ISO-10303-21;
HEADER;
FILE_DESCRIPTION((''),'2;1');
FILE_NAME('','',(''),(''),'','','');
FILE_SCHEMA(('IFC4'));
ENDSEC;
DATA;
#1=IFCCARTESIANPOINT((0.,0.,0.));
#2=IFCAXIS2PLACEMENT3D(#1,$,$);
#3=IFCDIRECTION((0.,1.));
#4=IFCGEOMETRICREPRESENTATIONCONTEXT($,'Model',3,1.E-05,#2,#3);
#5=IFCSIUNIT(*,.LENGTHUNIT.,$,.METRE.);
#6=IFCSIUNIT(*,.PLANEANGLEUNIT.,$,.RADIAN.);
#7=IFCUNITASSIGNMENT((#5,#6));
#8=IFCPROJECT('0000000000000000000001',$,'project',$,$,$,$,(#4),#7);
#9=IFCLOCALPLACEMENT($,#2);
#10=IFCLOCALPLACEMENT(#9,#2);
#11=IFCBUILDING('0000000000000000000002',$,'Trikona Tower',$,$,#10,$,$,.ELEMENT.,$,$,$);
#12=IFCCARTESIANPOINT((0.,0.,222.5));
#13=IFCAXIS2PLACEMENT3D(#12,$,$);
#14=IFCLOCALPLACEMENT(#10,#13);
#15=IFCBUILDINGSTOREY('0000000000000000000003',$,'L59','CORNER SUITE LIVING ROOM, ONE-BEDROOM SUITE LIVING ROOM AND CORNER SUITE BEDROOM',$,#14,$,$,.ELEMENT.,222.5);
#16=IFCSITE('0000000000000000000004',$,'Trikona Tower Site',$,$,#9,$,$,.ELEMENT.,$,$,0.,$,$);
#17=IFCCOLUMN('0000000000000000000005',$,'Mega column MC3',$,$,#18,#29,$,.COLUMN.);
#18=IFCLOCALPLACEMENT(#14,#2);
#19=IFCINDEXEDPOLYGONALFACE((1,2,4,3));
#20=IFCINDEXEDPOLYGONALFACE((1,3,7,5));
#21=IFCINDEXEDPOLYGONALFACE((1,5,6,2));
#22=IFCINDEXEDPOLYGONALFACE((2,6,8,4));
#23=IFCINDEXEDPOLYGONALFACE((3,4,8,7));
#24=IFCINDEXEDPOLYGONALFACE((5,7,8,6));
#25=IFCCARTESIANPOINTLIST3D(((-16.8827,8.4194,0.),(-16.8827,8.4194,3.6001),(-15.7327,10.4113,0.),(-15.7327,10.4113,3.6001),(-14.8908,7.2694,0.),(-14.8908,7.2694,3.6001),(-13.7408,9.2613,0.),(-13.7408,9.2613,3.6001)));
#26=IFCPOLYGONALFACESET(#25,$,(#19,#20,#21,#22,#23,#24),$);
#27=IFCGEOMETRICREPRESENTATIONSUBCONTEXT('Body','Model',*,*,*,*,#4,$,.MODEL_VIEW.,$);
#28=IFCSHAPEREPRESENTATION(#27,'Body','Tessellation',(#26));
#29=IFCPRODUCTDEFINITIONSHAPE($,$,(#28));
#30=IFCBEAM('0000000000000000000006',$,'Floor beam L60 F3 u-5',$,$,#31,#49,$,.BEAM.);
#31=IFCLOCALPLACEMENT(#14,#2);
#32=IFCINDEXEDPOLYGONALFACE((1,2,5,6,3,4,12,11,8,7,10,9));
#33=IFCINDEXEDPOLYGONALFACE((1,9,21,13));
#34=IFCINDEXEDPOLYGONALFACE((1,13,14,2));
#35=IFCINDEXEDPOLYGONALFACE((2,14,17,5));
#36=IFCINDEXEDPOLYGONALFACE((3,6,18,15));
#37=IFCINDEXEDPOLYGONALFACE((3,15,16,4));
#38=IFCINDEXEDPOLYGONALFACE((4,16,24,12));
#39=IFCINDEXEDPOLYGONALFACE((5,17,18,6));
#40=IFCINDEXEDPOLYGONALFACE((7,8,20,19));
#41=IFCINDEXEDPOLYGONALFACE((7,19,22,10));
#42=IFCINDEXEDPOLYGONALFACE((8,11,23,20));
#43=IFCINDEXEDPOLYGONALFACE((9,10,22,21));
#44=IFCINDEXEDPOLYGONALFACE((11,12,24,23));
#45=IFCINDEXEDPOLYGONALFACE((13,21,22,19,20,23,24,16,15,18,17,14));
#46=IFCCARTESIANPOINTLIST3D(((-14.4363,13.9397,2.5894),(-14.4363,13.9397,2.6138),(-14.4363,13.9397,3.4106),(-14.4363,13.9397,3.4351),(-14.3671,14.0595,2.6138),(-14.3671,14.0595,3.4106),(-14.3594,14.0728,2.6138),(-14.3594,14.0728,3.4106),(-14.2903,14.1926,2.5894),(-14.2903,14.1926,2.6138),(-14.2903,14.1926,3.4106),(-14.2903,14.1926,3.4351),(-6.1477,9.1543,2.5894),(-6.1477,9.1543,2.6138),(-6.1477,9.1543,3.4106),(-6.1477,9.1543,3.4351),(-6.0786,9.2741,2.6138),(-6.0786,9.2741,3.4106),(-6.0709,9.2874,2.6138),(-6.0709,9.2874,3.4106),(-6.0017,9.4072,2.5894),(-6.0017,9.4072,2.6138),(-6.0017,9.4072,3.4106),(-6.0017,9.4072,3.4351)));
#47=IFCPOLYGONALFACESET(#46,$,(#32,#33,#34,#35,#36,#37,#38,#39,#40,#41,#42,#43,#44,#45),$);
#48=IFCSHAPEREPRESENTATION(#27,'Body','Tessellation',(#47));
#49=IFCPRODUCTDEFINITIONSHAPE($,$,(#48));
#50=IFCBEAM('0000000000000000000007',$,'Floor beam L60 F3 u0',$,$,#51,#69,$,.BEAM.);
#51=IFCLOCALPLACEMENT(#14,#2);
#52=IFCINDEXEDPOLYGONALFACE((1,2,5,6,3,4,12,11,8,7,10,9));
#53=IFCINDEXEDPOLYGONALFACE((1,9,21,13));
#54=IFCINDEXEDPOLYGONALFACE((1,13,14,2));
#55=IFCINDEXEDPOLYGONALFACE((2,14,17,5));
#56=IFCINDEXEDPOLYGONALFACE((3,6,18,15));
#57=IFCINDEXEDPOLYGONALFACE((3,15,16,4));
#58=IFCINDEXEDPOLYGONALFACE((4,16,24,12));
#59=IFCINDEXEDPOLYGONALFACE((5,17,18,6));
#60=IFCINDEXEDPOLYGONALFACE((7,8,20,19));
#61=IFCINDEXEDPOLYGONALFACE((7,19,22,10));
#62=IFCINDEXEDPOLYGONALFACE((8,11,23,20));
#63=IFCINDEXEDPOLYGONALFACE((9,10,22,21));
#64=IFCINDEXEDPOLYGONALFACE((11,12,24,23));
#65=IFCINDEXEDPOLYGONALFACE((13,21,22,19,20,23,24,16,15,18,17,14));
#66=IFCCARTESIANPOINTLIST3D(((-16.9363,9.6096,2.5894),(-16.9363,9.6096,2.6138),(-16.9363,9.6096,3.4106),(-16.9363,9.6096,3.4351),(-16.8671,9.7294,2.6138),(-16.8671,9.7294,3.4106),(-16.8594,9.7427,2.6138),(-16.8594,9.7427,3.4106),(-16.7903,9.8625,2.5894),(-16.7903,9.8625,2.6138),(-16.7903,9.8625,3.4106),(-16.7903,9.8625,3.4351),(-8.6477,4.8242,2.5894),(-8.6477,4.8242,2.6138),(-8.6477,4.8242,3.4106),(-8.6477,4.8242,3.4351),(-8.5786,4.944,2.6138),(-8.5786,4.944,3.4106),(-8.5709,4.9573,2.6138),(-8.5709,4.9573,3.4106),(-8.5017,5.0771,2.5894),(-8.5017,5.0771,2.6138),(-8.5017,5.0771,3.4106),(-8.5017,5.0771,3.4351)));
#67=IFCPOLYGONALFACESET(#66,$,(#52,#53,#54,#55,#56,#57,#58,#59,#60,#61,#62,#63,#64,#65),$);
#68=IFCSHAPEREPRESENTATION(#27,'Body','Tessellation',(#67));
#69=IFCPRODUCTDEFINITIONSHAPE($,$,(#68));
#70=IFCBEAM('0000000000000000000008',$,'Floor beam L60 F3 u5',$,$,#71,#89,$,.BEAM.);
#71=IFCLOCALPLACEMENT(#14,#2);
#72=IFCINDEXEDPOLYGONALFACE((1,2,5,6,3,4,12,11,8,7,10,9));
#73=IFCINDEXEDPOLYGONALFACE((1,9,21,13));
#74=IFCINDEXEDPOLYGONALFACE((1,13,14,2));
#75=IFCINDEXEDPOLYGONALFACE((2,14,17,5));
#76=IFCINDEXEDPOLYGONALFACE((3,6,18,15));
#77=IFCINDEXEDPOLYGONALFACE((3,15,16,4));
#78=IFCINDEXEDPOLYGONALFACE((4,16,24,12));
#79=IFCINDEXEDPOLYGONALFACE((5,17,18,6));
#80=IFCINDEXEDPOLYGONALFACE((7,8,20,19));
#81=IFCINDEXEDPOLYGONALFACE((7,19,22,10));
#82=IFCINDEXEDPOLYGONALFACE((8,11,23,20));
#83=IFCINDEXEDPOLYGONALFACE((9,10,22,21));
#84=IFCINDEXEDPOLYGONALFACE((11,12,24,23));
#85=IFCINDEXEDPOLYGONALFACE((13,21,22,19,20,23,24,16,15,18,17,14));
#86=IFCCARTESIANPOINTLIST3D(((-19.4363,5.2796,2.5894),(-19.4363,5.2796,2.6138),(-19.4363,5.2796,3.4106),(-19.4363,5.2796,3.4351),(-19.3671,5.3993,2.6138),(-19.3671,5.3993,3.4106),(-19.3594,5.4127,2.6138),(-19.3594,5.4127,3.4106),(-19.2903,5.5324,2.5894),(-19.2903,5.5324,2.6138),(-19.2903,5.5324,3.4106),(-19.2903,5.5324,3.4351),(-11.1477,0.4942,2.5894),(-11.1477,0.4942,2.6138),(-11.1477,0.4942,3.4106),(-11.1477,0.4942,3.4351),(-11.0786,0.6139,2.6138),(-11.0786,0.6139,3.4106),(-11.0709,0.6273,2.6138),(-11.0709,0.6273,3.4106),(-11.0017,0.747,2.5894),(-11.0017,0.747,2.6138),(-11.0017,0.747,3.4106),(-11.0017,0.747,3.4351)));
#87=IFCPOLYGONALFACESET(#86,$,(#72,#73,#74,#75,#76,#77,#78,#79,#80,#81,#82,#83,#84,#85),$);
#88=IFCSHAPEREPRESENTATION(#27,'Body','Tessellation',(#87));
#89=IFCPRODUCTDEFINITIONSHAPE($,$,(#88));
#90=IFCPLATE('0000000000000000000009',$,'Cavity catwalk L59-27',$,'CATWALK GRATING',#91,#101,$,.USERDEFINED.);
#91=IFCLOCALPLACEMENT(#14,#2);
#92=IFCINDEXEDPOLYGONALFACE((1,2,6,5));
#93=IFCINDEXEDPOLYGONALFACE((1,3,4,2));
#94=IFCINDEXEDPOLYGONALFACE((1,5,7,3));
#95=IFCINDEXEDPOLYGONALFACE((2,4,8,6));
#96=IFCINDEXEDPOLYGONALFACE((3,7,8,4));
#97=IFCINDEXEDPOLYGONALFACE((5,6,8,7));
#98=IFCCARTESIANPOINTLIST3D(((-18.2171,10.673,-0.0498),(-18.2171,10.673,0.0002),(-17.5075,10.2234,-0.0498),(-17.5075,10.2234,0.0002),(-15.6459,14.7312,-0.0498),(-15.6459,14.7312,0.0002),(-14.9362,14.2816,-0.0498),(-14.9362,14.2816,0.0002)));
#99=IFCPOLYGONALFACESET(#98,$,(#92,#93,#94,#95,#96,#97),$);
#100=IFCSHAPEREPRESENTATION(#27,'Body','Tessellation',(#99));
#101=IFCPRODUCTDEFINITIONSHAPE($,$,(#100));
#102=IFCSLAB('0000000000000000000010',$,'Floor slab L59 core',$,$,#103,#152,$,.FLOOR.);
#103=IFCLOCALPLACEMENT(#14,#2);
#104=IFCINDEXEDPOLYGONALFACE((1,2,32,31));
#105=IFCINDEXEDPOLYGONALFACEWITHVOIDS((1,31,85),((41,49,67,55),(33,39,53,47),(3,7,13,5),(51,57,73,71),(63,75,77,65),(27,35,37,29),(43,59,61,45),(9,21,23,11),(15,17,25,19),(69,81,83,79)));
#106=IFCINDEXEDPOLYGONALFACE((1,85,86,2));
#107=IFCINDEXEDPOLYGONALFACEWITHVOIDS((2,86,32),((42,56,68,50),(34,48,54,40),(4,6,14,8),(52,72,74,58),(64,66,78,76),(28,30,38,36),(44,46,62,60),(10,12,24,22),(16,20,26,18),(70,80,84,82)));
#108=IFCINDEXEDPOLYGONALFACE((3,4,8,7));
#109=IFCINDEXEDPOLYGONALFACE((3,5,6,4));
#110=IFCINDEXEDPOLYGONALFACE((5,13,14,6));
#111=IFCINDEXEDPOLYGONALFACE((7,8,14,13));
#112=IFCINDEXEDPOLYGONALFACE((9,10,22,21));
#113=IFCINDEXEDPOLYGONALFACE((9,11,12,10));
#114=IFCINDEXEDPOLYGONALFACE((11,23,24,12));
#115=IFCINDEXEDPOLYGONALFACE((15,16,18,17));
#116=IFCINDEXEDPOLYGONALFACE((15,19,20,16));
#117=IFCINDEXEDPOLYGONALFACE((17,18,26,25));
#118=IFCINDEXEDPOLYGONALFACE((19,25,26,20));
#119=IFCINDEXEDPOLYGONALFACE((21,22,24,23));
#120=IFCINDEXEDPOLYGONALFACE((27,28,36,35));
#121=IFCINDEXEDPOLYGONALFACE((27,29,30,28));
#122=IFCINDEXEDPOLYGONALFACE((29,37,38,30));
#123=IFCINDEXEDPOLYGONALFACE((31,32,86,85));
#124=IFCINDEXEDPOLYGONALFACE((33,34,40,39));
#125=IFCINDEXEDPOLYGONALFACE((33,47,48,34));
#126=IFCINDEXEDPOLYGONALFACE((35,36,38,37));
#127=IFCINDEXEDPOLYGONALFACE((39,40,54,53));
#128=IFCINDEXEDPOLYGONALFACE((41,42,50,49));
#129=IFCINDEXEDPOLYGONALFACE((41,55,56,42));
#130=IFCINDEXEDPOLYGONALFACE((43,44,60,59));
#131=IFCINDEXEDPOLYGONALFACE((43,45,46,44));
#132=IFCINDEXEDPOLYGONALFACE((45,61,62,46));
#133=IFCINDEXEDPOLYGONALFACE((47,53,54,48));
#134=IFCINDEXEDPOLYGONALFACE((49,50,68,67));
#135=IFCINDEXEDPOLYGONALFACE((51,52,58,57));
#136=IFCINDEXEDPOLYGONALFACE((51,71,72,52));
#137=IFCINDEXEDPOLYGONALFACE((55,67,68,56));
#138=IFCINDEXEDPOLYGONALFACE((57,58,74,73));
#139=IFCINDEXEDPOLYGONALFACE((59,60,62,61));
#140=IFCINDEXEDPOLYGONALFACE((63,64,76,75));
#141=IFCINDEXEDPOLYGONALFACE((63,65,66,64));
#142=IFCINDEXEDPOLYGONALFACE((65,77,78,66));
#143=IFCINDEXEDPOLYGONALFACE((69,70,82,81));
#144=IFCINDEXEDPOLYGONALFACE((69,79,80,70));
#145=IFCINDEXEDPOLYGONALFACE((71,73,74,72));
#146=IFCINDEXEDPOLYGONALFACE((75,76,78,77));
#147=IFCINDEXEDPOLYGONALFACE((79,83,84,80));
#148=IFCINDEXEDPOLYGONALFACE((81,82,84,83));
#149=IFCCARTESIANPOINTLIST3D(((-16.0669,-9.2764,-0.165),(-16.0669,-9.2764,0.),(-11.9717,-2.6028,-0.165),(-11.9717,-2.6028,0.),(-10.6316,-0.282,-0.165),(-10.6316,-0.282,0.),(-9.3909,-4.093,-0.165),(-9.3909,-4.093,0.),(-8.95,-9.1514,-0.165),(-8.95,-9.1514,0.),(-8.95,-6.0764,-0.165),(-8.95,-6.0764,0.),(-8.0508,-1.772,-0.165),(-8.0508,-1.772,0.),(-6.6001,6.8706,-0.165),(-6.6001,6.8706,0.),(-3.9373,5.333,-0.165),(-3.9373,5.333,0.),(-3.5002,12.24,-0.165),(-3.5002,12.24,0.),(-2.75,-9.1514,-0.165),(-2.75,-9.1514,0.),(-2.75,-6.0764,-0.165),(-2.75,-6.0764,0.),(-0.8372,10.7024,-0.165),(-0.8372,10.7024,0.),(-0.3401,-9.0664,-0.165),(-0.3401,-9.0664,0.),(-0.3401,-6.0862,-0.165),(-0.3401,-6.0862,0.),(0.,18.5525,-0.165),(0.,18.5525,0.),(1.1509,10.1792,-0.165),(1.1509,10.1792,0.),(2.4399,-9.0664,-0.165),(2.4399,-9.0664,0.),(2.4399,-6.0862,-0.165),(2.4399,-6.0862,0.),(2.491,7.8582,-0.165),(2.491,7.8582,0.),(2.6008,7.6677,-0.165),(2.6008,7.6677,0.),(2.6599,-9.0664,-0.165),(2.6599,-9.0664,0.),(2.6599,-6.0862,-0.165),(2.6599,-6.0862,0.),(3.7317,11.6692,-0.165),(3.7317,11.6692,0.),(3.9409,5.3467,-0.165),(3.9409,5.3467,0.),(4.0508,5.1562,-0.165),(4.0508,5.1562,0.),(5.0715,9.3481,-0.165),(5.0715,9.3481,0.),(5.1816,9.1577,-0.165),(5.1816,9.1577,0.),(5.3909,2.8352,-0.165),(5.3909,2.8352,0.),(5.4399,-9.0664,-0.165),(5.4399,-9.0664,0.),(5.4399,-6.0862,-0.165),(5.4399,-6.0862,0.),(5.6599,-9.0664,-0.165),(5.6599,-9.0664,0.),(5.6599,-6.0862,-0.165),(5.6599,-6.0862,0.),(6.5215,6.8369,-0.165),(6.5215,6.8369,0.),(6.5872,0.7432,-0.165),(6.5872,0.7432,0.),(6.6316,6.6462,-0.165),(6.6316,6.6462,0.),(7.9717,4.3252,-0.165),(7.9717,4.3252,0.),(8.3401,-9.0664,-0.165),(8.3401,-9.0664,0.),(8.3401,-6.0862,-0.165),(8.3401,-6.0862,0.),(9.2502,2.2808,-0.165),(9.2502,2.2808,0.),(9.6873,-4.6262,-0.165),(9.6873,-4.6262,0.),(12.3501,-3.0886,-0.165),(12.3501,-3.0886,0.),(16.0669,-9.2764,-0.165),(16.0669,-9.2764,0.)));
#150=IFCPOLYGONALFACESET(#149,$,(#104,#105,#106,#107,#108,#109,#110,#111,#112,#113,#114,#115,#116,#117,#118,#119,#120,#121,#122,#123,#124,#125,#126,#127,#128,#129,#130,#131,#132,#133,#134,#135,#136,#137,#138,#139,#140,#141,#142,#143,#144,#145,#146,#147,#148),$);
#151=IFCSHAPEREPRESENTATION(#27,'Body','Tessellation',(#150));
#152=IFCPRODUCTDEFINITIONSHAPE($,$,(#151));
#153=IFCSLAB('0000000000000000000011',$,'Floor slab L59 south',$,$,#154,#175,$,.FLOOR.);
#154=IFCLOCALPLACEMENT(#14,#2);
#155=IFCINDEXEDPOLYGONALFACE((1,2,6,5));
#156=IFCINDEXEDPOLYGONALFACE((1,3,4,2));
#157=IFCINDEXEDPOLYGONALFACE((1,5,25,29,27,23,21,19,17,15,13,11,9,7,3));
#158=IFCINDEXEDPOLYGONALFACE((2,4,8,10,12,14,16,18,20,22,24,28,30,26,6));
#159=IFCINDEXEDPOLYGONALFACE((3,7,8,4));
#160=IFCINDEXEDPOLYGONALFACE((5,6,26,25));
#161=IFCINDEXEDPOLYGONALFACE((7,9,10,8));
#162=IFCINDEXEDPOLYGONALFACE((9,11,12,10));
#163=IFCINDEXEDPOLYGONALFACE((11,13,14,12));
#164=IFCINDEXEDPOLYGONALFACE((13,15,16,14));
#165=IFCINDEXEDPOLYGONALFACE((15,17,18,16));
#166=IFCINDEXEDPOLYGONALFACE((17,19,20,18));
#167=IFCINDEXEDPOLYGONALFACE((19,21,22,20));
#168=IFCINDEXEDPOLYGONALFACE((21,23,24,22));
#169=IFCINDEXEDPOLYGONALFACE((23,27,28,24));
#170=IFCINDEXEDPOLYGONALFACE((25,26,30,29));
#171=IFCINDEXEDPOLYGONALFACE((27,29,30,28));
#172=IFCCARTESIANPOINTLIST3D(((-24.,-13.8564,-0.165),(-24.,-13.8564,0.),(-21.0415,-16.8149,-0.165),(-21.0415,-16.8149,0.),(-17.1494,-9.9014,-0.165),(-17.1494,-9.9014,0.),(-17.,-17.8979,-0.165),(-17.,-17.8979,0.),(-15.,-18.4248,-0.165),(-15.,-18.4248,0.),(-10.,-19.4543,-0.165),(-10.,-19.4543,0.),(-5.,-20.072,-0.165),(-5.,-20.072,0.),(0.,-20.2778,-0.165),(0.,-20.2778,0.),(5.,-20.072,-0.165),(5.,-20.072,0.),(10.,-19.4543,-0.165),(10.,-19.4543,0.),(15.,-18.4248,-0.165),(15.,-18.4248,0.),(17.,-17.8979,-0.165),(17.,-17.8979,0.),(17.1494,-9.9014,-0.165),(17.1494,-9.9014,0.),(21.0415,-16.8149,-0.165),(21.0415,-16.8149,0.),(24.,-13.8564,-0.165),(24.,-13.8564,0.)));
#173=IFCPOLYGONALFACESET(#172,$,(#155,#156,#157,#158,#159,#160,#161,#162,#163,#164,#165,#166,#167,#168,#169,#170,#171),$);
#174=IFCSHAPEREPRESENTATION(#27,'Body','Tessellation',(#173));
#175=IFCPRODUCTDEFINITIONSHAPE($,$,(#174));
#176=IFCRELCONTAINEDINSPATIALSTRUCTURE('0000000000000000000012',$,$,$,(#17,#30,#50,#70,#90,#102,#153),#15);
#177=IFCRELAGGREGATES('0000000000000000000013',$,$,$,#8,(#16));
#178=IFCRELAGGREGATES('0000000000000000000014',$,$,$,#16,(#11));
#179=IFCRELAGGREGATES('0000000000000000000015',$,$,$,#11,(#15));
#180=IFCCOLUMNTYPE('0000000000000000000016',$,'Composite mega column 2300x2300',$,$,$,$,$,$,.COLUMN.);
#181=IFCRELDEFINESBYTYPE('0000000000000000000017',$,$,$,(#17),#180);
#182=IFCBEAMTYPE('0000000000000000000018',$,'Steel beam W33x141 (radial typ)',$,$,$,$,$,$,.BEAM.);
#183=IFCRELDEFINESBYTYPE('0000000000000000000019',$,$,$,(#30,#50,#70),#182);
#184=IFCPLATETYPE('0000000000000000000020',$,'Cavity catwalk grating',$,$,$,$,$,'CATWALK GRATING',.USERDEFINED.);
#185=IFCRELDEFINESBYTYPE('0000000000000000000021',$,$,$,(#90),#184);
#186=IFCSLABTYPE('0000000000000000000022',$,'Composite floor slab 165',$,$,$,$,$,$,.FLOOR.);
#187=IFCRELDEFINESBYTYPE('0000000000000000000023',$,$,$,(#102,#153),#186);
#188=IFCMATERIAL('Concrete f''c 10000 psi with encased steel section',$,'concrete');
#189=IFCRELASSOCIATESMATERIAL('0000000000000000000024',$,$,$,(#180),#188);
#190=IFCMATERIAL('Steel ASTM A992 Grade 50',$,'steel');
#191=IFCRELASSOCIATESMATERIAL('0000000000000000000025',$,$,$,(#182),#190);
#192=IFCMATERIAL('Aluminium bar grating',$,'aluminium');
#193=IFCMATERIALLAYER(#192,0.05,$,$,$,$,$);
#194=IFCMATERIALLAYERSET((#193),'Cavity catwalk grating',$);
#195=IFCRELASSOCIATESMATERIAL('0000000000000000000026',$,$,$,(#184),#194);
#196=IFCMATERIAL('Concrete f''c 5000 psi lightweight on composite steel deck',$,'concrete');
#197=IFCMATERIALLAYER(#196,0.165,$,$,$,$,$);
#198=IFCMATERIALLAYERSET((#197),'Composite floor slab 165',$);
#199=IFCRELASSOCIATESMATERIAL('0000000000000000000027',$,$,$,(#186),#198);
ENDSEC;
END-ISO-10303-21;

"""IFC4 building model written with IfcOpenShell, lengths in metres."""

from ifc_helpers import new_model, si_unit, direction, frame, origin, origin_2d, place, context, subcontext, project, spatial, polyline, rectangle, i_section, outline, extrude, material, layer, layer_set, material_profile, profile_set, type_object, element, save


model = new_model("IFC4")

# Units and contexts
model_context = context("Model", 3, precision=1e-05, world=origin(), true_north=direction((0.0, 1.0)))
body_context = subcontext(model_context, "Body", "Model", "MODEL_VIEW")
ifc_project = project(units=[si_unit("LENGTHUNIT", "METRE"), si_unit("PLANEANGLEUNIT", "RADIAN")], contexts=[model_context])

# Site, building, storey
site_placement = place(None, origin())
site = spatial("IfcSite", under=ifc_project, at=site_placement, Name="Trikona Tower Site", CompositionType="ELEMENT", RefElevation=0.0)
building_placement = place(site_placement, origin())
building = spatial("IfcBuilding", under=site, at=building_placement, Name="Trikona Tower", CompositionType="ELEMENT")
storey_placement = place(building_placement, frame((0.0, 0.0, 222.5)))
storey = spatial("IfcBuildingStorey", under=building, at=storey_placement, Name="L59", Description="CORNER SUITE LIVING ROOM, ONE-BEDROOM SUITE LIVING ROOM AND CORNER SUITE BEDROOM", CompositionType="ELEMENT", Elevation=222.5)

# Column
ifc_material_1 = material(Name="Concrete f'c 10000 psi with encased steel section", Category="concrete")
ifc_material_profile_1 = material_profile(ifc_material_1, rectangle(XDim=2.3, YDim=2.3, at=origin_2d()), Name="MC2300")
ifc_profile_set_1 = profile_set([ifc_material_profile_1], Name="Concrete f'c 10000 psi with encased steel section")
column_type = type_object("IfcColumnType", Name="Composite mega column 2300x2300", PredefinedType="COLUMN", material=ifc_profile_set_1)
column_placement = place(storey_placement, frame((-15.3118, 8.8403, 0.0), z_axis=(0.0, 0.0, 1.0), x_axis=(-0.866025, 0.5, 0.0)))
element("IfcColumn", 1, at=column_placement, inside=storey, type_object=column_type, Name="Mega column MC3", PredefinedType="COLUMN", context=body_context, shape_type="SweptSolid", body=[
    extrude(rectangle(XDim=2.3, YDim=2.3, at=origin_2d()), origin(), (0.0, 0.0, 1.0), 3.6001),
])

# Beams
ifc_material_2 = material(Name="Steel ASTM A992 Grade 50", Category="steel")
ifc_material_profile_2 = material_profile(ifc_material_2, i_section(OverallWidth=0.292, OverallDepth=0.8457, WebThickness=0.0154, FlangeThickness=0.0244, at=origin_2d()), Name="W33X141")
ifc_profile_set_2 = profile_set([ifc_material_profile_2], Name="Steel ASTM A992 Grade 50")
beam_type = type_object("IfcBeamType", Name="Steel beam W33x141 (radial typ)", PredefinedType="BEAM", material=ifc_profile_set_2)
for number, where, z_axis, x_axis, name in (
    (2, (-6.0747, 9.2808, 3.0122), (-0.866026, 0.499999, 0.0), (-0.499999, -0.866026, 0.0), "Floor beam L60 F3 u-5"),
    (3, (-8.5747, 4.9507, 3.0122), (-0.866026, 0.499999, 0.0), (-0.499999, -0.866026, 0.0), "Floor beam L60 F3 u0"),
    (4, (-11.0747, 0.6206, 3.0122), (-0.866026, 0.499999, 0.0), (-0.499999, -0.866026, 0.0), "Floor beam L60 F3 u5"),
):
    element("IfcBeam", number, at=place(storey_placement, frame(where, z_axis=z_axis, x_axis=x_axis)), inside=storey, type_object=beam_type, Name=name, PredefinedType="BEAM", context=body_context, shape_type="SweptSolid", body=[
        extrude(i_section(OverallWidth=0.292, OverallDepth=0.8457, WebThickness=0.0154, FlangeThickness=0.0244, at=origin_2d()), origin(), (0.0, 0.0, 1.0), 9.5708),
    ])

# Plate
ifc_material_3 = material(Name="Aluminium bar grating", Category="aluminium")
ifc_layer_1 = layer(ifc_material_3, 0.05)
ifc_layer_set_1 = layer_set([ifc_layer_1], Name="Cavity catwalk grating")
plate_type = type_object("IfcPlateType", Name="Cavity catwalk grating", ElementType="CATWALK GRATING", PredefinedType="USERDEFINED", material=ifc_layer_set_1)
plate_placement = place(storey_placement, frame((-16.5767, 12.4773, -0.0498), z_axis=(0.0, 0.0, 1.0), x_axis=(-0.535205, -0.844722, 0.0)))
element("IfcPlate", 5, at=plate_placement, inside=storey, type_object=plate_type, Name="Cavity catwalk L59-27", ObjectType="CATWALK GRATING", PredefinedType="USERDEFINED", context=body_context, shape_type="SweptSolid", body=[
    extrude(rectangle(XDim=4.8042, YDim=0.8401, at=origin_2d()), origin(), (0.0, 0.0, 1.0), 0.05),
])

# Slabs
ifc_material_4 = material(Name="Concrete f'c 5000 psi lightweight on composite steel deck", Category="concrete")
ifc_layer_2 = layer(ifc_material_4, 0.165)
ifc_layer_set_2 = layer_set([ifc_layer_2], Name="Composite floor slab 165")
slab_type = type_object("IfcSlabType", Name="Composite floor slab 165", PredefinedType="FLOOR", material=ifc_layer_set_2)
slab_1_placement = place(storey_placement, frame((0.0, 0.0, -0.165)))
element("IfcSlab", 6, at=slab_1_placement, inside=storey, type_object=slab_type, Name="Floor slab L59 core", PredefinedType="FLOOR", context=body_context, shape_type="SweptSolid", body=[
    extrude(outline(polyline([(-16.0669, -9.2764), (16.0669, -9.2764), (0.0, 18.5525), (-16.0669, -9.2764)]), holes=[polyline([(6.5872, 0.7432), (9.6873, -4.6262), (12.3501, -3.0886), (9.2502, 2.2808), (6.5872, 0.7432)]), polyline([(5.6599, -6.0862), (5.6599, -9.0664), (8.3401, -9.0664), (8.3401, -6.0862), (5.6599, -6.0862)]), polyline([(6.6316, 6.6462), (4.0508, 5.1562), (5.3909, 2.8352), (7.9717, 4.3252), (6.6316, 6.6462)]), polyline([(6.5215, 6.8369), (5.1816, 9.1577), (2.6008, 7.6677), (3.9409, 5.3467), (6.5215, 6.8369)]), polyline([(2.6599, -9.0664), (5.4399, -9.0664), (5.4399, -6.0862), (2.6599, -6.0862), (2.6599, -9.0664)]), polyline([(2.491, 7.8582), (5.0715, 9.3481), (3.7317, 11.6692), (1.1509, 10.1792), (2.491, 7.8582)]), polyline([(2.4399, -9.0664), (2.4399, -6.0862), (-0.3401, -6.0862), (-0.3401, -9.0664), (2.4399, -9.0664)]), polyline([(-3.9373, 5.333), (-0.8372, 10.7024), (-3.5002, 12.24), (-6.6001, 6.8706), (-3.9373, 5.333)]), polyline([(-2.75, -6.0764), (-8.95, -6.0764), (-8.95, -9.1514), (-2.75, -9.1514), (-2.75, -6.0764)]), polyline([(-11.9717, -2.6028), (-9.3909, -4.093), (-8.0508, -1.772), (-10.6316, -0.282), (-11.9717, -2.6028)])]), origin(), (0.0, 0.0, 1.0), 0.165),
])
slab_2_placement = place(storey_placement, frame((0.0, 0.0, -0.165)))
element("IfcSlab", 7, at=slab_2_placement, inside=storey, type_object=slab_type, Name="Floor slab L59 south", PredefinedType="FLOOR", context=body_context, shape_type="SweptSolid", body=[
    extrude(outline(polyline([(21.0415, -16.8149), (24.0, -13.8564), (17.1494, -9.9014), (-17.1494, -9.9014), (-24.0, -13.8564), (-21.0415, -16.8149), (-17.0, -17.8979), (-15.0, -18.4248), (-10.0, -19.4543), (-5.0, -20.072), (0.0, -20.2778), (5.0, -20.072), (10.0, -19.4543), (15.0, -18.4248), (17.0, -17.8979), (21.0415, -16.8149)])), origin(), (0.0, 0.0, 1.0), 0.165),
])

save(model, "model.ifc")
